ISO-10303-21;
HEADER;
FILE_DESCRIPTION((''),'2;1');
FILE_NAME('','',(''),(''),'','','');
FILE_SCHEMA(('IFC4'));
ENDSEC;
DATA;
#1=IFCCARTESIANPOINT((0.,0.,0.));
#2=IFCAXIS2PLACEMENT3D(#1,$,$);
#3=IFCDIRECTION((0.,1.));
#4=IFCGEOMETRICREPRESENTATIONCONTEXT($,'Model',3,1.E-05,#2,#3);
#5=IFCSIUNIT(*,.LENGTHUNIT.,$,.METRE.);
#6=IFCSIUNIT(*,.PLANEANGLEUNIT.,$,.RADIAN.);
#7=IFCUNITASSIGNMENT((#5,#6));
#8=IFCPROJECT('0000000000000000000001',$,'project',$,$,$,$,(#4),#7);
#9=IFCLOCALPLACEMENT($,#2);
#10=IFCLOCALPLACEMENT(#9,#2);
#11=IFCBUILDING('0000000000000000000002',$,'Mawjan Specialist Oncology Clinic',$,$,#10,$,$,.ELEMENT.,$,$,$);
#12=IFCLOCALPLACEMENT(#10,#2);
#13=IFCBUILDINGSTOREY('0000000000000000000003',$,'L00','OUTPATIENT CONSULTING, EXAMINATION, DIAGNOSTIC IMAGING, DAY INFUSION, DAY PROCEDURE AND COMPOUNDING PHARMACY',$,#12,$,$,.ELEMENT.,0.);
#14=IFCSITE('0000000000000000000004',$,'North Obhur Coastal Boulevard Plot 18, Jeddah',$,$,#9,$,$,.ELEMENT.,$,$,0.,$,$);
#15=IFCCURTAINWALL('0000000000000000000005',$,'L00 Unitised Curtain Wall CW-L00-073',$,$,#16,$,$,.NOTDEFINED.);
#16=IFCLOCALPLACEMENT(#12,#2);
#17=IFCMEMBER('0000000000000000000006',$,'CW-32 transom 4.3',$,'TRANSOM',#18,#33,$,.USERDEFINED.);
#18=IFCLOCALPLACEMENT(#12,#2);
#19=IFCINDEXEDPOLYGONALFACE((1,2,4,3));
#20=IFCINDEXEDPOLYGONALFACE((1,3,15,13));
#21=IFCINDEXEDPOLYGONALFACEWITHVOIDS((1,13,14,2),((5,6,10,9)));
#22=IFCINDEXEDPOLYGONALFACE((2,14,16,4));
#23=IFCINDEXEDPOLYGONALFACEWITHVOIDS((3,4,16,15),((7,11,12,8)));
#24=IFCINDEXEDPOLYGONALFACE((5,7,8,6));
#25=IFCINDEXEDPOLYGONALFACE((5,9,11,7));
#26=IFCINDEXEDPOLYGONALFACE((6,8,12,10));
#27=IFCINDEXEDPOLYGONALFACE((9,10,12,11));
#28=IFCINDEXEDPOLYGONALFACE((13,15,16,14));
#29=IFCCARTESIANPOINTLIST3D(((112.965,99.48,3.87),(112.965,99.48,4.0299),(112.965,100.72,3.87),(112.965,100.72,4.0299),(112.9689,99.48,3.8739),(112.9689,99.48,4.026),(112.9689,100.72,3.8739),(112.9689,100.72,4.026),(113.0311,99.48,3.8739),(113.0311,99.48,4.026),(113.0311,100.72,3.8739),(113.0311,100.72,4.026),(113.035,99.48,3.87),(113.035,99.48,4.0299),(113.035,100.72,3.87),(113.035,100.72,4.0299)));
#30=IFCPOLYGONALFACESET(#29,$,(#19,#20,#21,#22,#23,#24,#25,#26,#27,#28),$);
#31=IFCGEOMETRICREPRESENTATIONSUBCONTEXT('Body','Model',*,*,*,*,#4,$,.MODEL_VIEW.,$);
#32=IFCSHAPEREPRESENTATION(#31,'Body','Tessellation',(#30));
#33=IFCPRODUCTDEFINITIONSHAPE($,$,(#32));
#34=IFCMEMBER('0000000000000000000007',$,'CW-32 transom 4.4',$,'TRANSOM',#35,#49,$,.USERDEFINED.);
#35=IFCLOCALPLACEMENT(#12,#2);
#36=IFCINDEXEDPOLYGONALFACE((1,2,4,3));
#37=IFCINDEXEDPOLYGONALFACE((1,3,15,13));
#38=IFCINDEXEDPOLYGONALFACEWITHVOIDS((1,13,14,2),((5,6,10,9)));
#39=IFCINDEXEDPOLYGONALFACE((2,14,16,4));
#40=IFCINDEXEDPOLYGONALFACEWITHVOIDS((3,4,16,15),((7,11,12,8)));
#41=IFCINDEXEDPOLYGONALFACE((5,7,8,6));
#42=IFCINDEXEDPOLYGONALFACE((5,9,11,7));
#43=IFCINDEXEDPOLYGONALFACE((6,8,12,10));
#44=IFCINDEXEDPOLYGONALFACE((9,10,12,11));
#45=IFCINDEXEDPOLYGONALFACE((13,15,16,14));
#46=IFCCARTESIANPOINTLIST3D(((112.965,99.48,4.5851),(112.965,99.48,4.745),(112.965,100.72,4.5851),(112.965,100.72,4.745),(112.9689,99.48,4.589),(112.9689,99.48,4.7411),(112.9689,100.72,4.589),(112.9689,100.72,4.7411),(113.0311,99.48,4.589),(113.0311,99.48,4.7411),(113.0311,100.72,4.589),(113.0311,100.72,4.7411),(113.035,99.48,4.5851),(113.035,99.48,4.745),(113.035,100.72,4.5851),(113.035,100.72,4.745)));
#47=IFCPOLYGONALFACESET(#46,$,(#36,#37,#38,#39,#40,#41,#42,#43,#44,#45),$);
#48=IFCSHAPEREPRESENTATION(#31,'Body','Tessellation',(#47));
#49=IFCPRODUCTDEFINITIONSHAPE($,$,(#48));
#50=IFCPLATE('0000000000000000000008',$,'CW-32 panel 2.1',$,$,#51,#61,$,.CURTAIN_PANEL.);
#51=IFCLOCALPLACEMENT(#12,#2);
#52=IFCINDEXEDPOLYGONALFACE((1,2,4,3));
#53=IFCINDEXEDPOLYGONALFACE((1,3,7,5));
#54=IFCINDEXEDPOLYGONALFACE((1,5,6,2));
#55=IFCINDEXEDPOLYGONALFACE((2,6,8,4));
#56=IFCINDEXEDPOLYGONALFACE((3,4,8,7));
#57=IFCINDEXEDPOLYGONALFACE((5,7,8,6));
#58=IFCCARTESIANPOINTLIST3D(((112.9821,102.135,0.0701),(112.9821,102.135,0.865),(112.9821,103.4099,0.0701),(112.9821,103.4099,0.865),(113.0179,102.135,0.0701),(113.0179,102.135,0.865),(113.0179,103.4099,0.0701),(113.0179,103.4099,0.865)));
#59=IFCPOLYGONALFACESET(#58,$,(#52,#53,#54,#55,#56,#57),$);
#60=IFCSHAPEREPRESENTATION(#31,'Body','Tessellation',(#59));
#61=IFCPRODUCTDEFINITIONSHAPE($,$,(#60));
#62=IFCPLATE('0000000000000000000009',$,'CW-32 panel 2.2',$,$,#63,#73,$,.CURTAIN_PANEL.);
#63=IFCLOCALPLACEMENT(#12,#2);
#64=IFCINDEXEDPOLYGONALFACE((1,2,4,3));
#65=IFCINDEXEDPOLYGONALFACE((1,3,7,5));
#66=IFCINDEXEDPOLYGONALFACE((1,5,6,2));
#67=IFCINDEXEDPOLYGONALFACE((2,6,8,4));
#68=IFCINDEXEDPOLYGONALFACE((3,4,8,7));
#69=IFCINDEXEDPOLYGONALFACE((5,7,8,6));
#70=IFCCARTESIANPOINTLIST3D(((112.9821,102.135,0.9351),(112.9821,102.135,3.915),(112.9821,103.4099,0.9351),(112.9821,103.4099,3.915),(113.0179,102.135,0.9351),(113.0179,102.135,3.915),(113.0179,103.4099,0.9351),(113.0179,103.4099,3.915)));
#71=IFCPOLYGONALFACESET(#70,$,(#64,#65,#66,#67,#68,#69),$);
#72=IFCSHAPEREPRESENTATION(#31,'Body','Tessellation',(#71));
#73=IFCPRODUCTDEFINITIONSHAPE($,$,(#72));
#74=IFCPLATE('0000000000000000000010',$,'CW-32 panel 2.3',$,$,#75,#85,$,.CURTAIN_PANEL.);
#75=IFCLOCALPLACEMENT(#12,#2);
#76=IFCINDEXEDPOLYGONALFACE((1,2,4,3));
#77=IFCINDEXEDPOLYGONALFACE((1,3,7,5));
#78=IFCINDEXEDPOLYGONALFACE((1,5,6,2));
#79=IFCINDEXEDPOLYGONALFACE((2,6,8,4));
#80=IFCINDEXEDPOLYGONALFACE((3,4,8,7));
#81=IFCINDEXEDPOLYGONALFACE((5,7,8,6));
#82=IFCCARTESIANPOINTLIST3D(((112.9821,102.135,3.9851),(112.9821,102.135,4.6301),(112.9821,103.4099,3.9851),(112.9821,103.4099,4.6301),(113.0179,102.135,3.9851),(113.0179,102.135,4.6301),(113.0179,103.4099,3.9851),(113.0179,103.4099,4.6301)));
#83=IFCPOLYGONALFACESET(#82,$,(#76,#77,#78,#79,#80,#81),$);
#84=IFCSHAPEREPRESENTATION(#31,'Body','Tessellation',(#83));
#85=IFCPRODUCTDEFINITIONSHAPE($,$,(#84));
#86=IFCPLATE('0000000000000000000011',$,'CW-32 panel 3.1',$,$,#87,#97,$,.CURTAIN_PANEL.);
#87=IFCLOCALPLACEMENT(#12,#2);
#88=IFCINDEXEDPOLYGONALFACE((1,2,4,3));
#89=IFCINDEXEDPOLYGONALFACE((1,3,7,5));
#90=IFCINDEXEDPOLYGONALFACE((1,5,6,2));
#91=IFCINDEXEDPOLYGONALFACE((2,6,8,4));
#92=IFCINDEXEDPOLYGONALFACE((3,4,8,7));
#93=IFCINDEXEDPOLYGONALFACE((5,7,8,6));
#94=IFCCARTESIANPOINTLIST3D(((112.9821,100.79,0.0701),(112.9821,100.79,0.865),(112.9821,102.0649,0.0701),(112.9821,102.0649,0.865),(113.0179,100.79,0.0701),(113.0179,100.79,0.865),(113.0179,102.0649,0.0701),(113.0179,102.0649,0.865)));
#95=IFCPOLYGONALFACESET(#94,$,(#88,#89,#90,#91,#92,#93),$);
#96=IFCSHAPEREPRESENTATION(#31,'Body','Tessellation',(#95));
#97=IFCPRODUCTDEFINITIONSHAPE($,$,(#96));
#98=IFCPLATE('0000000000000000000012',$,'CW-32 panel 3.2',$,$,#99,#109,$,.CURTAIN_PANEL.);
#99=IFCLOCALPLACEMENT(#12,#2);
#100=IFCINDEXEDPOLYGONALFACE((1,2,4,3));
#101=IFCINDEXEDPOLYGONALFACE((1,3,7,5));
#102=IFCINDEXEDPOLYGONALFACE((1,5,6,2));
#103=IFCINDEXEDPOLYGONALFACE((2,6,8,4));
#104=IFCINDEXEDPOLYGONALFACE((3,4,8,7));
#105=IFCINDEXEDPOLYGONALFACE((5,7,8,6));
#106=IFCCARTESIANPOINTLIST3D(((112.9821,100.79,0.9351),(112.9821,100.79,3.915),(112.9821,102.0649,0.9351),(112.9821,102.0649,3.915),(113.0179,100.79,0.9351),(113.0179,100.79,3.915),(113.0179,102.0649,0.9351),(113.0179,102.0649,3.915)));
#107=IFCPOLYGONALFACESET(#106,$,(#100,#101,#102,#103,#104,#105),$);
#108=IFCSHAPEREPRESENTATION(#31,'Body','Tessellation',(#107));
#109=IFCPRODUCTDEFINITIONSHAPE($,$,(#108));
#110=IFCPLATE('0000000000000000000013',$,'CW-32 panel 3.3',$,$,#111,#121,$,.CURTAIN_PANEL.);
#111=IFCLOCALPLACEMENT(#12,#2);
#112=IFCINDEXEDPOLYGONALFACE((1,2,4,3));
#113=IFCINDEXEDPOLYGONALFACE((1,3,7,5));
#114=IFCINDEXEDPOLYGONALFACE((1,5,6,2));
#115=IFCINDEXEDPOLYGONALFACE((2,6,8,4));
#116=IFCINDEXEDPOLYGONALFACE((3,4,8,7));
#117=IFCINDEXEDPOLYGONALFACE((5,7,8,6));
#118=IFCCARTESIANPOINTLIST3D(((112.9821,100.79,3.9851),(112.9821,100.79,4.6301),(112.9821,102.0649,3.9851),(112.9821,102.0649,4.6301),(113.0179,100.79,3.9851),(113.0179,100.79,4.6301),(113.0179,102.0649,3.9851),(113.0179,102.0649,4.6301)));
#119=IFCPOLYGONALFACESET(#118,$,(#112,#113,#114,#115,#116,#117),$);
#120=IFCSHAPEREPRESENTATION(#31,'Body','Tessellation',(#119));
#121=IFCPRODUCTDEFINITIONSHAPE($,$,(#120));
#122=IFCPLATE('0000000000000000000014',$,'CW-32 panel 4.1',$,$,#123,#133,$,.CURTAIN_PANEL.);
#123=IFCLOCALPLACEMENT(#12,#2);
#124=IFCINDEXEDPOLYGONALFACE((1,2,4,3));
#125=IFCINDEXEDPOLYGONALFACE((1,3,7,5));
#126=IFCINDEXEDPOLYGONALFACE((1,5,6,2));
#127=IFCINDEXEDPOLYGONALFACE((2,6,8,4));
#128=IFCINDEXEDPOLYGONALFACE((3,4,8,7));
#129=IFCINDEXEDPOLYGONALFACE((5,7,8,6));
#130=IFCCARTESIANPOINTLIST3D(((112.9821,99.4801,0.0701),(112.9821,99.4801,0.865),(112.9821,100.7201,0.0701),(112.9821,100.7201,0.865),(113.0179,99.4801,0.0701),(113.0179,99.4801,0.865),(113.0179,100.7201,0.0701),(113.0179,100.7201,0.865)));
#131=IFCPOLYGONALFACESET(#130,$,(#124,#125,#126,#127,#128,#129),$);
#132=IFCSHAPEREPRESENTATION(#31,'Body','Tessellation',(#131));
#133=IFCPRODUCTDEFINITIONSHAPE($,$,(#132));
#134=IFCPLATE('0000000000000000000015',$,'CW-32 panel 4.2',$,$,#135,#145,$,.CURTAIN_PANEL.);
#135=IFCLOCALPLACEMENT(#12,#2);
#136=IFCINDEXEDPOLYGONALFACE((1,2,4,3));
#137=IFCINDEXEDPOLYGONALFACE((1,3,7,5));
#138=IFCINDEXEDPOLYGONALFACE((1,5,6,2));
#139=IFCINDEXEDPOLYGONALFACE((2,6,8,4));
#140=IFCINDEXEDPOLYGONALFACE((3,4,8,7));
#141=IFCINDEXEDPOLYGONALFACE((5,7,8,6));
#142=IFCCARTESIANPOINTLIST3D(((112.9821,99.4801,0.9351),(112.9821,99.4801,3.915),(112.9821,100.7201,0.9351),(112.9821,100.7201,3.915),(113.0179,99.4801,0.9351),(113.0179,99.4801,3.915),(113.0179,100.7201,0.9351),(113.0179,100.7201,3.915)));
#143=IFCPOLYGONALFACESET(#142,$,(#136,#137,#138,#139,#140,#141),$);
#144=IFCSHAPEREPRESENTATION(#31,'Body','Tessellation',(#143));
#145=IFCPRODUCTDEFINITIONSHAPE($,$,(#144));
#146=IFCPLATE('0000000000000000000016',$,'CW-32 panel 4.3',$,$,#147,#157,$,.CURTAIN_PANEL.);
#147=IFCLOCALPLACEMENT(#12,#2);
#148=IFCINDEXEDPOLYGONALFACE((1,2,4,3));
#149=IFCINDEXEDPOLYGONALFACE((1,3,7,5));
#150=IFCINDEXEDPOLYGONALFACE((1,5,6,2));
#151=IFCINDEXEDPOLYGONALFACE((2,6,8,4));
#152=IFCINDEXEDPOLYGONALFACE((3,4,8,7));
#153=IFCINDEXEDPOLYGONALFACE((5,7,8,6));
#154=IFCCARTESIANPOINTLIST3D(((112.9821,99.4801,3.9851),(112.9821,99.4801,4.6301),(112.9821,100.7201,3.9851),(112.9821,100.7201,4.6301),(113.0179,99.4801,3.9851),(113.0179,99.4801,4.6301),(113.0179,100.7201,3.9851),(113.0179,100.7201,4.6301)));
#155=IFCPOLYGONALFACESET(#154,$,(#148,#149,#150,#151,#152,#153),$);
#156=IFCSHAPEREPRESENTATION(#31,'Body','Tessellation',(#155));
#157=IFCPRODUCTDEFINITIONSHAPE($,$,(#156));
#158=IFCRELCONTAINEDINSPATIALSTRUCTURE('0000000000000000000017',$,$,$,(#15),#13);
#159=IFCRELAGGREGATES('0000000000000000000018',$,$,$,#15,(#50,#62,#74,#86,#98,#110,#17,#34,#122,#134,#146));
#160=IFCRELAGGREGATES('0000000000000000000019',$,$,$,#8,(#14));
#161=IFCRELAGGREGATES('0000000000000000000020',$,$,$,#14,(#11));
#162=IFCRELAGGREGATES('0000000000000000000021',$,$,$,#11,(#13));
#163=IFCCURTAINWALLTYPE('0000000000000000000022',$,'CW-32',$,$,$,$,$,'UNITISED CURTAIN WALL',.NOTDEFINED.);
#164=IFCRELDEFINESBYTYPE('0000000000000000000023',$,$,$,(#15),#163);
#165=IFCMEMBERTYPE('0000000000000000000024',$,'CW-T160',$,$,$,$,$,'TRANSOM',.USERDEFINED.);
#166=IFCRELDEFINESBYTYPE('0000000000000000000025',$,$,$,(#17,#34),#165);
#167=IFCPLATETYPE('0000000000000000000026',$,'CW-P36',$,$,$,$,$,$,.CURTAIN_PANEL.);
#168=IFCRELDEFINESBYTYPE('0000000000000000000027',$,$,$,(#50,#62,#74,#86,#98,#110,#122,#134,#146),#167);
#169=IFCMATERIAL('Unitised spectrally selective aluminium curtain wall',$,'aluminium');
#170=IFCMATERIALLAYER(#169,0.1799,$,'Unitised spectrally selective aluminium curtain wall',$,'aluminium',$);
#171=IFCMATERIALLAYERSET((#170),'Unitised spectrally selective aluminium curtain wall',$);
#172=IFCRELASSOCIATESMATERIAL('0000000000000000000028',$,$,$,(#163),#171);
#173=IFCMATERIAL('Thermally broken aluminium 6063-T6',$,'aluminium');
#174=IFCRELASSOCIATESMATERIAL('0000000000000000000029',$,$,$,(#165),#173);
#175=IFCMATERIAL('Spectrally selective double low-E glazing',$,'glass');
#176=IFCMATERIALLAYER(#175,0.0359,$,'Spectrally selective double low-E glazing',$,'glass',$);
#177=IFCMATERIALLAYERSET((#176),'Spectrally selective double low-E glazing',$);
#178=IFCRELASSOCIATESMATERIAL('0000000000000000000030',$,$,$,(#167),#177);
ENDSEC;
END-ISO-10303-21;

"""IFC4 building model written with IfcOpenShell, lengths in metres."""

from ifc_helpers import new_model, si_unit, direction, frame, origin, origin_2d, place, context, subcontext, project, spatial, rectangle, hollow_rectangle, extrude, material, layer, layer_set, material_profile, profile_set, type_object, element, aggregate, save


model = new_model("IFC4")

# Units and contexts
model_context = context("Model", 3, precision=1e-05, world=origin(), true_north=direction((0.0, 1.0)))
body_context = subcontext(model_context, "Body", "Model", "MODEL_VIEW")
ifc_project = project(units=[si_unit("LENGTHUNIT", "METRE"), si_unit("PLANEANGLEUNIT", "RADIAN")], contexts=[model_context])

# Site, building, storey
site_placement = place(None, origin())
site = spatial("IfcSite", under=ifc_project, at=site_placement, Name="North Obhur Coastal Boulevard Plot 18, Jeddah", CompositionType="ELEMENT", RefElevation=0.0)
building_placement = place(site_placement, origin())
building = spatial("IfcBuilding", under=site, at=building_placement, Name="Mawjan Specialist Oncology Clinic", CompositionType="ELEMENT")
storey_placement = place(building_placement, origin())
storey = spatial("IfcBuildingStorey", under=building, at=storey_placement, Name="L00", Description="OUTPATIENT CONSULTING, EXAMINATION, DIAGNOSTIC IMAGING, DAY INFUSION, DAY PROCEDURE AND COMPOUNDING PHARMACY", CompositionType="ELEMENT", Elevation=0.0)

# Curtain wall, members, plates
ifc_material_1 = material(Name="Unitised spectrally selective aluminium curtain wall", Category="aluminium")
ifc_layer_1 = layer(ifc_material_1, 0.1799, Name="Unitised spectrally selective aluminium curtain wall", Category="aluminium")
ifc_layer_set_1 = layer_set([ifc_layer_1], Name="Unitised spectrally selective aluminium curtain wall")
curtain_wall_type = type_object("IfcCurtainWallType", Name="CW-32", ElementType="UNITISED CURTAIN WALL", PredefinedType="NOTDEFINED", material=ifc_layer_set_1)
curtain_wall_placement = place(storey_placement, origin())
curtain_wall = element("IfcCurtainWall", 1, at=curtain_wall_placement, inside=storey, type_object=curtain_wall_type, Name="L00 Unitised Curtain Wall CW-L00-073", PredefinedType="NOTDEFINED")
ifc_material_2 = material(Name="Thermally broken aluminium 6063-T6", Category="aluminium")
ifc_material_profile_1 = material_profile(ifc_material_2, hollow_rectangle(XDim=0.0701, YDim=0.1599, WallThickness=0.0039, at=origin_2d()), Name="ALU TRANSOM 160x70x4", Category="aluminium")
ifc_profile_set_1 = profile_set([ifc_material_profile_1], Name="Thermally broken aluminium 6063-T6")
member_type_1 = type_object("IfcMemberType", Name="CW-T160", ElementType="TRANSOM", PredefinedType="USERDEFINED", material=ifc_profile_set_1)
member_1_placement = place(storey_placement, frame((113.0, 100.72, 3.95), z_axis=(0.0, -1.0, 0.0), x_axis=(1.0, 0.0, 0.0)))
member_1 = element("IfcMember", 2, at=member_1_placement, type_object=member_type_1, Name="CW-32 transom 4.3", ObjectType="TRANSOM", PredefinedType="USERDEFINED", context=body_context, shape_type="SweptSolid", body=[
    extrude(hollow_rectangle(XDim=0.0701, YDim=0.1599, WallThickness=0.0039, at=origin_2d()), origin(), (0.0, 0.0, 1.0), 1.24),
])
member_2_placement = place(storey_placement, frame((113.0, 100.72, 4.665), z_axis=(0.0, -1.0, 0.0), x_axis=(1.0, 0.0, 0.0)))
member_2 = element("IfcMember", 3, at=member_2_placement, type_object=member_type_1, Name="CW-32 transom 4.4", ObjectType="TRANSOM", PredefinedType="USERDEFINED", context=body_context, shape_type="SweptSolid", body=[
    extrude(hollow_rectangle(XDim=0.0701, YDim=0.1599, WallThickness=0.0039, at=origin_2d()), origin(), (0.0, 0.0, 1.0), 1.24),
])
ifc_material_3 = material(Name="Spectrally selective double low-E glazing", Category="glass")
ifc_layer_2 = layer(ifc_material_3, 0.0359, Name="Spectrally selective double low-E glazing", Category="glass")
ifc_layer_set_2 = layer_set([ifc_layer_2], Name="Spectrally selective double low-E glazing")
plate_type = type_object("IfcPlateType", Name="CW-P36", PredefinedType="CURTAIN_PANEL", material=ifc_layer_set_2)
plate_1_placement = place(storey_placement, frame((113.0, 102.7725, 0.0701), z_axis=(0.0, 0.0, 1.0), x_axis=(0.0, -1.0, 0.0)))
plate_1 = element("IfcPlate", 4, at=plate_1_placement, type_object=plate_type, Name="CW-32 panel 2.1", PredefinedType="CURTAIN_PANEL", context=body_context, shape_type="SweptSolid", body=[
    extrude(rectangle(XDim=1.2749, YDim=0.0359, at=origin_2d()), origin(), (0.0, 0.0, 1.0), 0.7949),
])
plate_2_placement = place(storey_placement, frame((113.0, 102.7725, 0.9351), z_axis=(0.0, 0.0, 1.0), x_axis=(0.0, -1.0, 0.0)))
plate_2 = element("IfcPlate", 5, at=plate_2_placement, type_object=plate_type, Name="CW-32 panel 2.2", PredefinedType="CURTAIN_PANEL", context=body_context, shape_type="SweptSolid", body=[
    extrude(rectangle(XDim=1.2749, YDim=0.0359, at=origin_2d()), origin(), (0.0, 0.0, 1.0), 2.98),
])
plate_3_placement = place(storey_placement, frame((113.0, 102.7725, 3.9851), z_axis=(0.0, 0.0, 1.0), x_axis=(0.0, -1.0, 0.0)))
plate_3 = element("IfcPlate", 6, at=plate_3_placement, type_object=plate_type, Name="CW-32 panel 2.3", PredefinedType="CURTAIN_PANEL", context=body_context, shape_type="SweptSolid", body=[
    extrude(rectangle(XDim=1.2749, YDim=0.0359, at=origin_2d()), origin(), (0.0, 0.0, 1.0), 0.645),
])
plate_4_placement = place(storey_placement, frame((113.0, 101.4275, 0.0701), z_axis=(0.0, 0.0, 1.0), x_axis=(0.0, -1.0, 0.0)))
plate_4 = element("IfcPlate", 7, at=plate_4_placement, type_object=plate_type, Name="CW-32 panel 3.1", PredefinedType="CURTAIN_PANEL", context=body_context, shape_type="SweptSolid", body=[
    extrude(rectangle(XDim=1.2749, YDim=0.0359, at=origin_2d()), origin(), (0.0, 0.0, 1.0), 0.7949),
])
plate_5_placement = place(storey_placement, frame((113.0, 101.4275, 0.9351), z_axis=(0.0, 0.0, 1.0), x_axis=(0.0, -1.0, 0.0)))
plate_5 = element("IfcPlate", 8, at=plate_5_placement, type_object=plate_type, Name="CW-32 panel 3.2", PredefinedType="CURTAIN_PANEL", context=body_context, shape_type="SweptSolid", body=[
    extrude(rectangle(XDim=1.2749, YDim=0.0359, at=origin_2d()), origin(), (0.0, 0.0, 1.0), 2.98),
])
plate_6_placement = place(storey_placement, frame((113.0, 101.4275, 3.9851), z_axis=(0.0, 0.0, 1.0), x_axis=(0.0, -1.0, 0.0)))
plate_6 = element("IfcPlate", 9, at=plate_6_placement, type_object=plate_type, Name="CW-32 panel 3.3", PredefinedType="CURTAIN_PANEL", context=body_context, shape_type="SweptSolid", body=[
    extrude(rectangle(XDim=1.2749, YDim=0.0359, at=origin_2d()), origin(), (0.0, 0.0, 1.0), 0.645),
])
plate_7_placement = place(storey_placement, frame((113.0, 100.1001, 0.0701), z_axis=(0.0, 0.0, 1.0), x_axis=(0.0, -1.0, 0.0)))
plate_7 = element("IfcPlate", 10, at=plate_7_placement, type_object=plate_type, Name="CW-32 panel 4.1", PredefinedType="CURTAIN_PANEL", context=body_context, shape_type="SweptSolid", body=[
    extrude(rectangle(XDim=1.24, YDim=0.0359, at=origin_2d()), origin(), (0.0, 0.0, 1.0), 0.7949),
])
plate_8_placement = place(storey_placement, frame((113.0, 100.1001, 0.9351), z_axis=(0.0, 0.0, 1.0), x_axis=(0.0, -1.0, 0.0)))
plate_8 = element("IfcPlate", 11, at=plate_8_placement, type_object=plate_type, Name="CW-32 panel 4.2", PredefinedType="CURTAIN_PANEL", context=body_context, shape_type="SweptSolid", body=[
    extrude(rectangle(XDim=1.24, YDim=0.0359, at=origin_2d()), origin(), (0.0, 0.0, 1.0), 2.98),
])
plate_9_placement = place(storey_placement, frame((113.0, 100.1001, 3.9851), z_axis=(0.0, 0.0, 1.0), x_axis=(0.0, -1.0, 0.0)))
plate_9 = element("IfcPlate", 12, at=plate_9_placement, type_object=plate_type, Name="CW-32 panel 4.3", PredefinedType="CURTAIN_PANEL", context=body_context, shape_type="SweptSolid", body=[
    extrude(rectangle(XDim=1.24, YDim=0.0359, at=origin_2d()), origin(), (0.0, 0.0, 1.0), 0.645),
])
aggregate(curtain_wall, [plate_1, plate_2, plate_3, plate_4, plate_5, plate_6, member_1, member_2, plate_7, plate_8, plate_9])

save(model, "model.ifc")
